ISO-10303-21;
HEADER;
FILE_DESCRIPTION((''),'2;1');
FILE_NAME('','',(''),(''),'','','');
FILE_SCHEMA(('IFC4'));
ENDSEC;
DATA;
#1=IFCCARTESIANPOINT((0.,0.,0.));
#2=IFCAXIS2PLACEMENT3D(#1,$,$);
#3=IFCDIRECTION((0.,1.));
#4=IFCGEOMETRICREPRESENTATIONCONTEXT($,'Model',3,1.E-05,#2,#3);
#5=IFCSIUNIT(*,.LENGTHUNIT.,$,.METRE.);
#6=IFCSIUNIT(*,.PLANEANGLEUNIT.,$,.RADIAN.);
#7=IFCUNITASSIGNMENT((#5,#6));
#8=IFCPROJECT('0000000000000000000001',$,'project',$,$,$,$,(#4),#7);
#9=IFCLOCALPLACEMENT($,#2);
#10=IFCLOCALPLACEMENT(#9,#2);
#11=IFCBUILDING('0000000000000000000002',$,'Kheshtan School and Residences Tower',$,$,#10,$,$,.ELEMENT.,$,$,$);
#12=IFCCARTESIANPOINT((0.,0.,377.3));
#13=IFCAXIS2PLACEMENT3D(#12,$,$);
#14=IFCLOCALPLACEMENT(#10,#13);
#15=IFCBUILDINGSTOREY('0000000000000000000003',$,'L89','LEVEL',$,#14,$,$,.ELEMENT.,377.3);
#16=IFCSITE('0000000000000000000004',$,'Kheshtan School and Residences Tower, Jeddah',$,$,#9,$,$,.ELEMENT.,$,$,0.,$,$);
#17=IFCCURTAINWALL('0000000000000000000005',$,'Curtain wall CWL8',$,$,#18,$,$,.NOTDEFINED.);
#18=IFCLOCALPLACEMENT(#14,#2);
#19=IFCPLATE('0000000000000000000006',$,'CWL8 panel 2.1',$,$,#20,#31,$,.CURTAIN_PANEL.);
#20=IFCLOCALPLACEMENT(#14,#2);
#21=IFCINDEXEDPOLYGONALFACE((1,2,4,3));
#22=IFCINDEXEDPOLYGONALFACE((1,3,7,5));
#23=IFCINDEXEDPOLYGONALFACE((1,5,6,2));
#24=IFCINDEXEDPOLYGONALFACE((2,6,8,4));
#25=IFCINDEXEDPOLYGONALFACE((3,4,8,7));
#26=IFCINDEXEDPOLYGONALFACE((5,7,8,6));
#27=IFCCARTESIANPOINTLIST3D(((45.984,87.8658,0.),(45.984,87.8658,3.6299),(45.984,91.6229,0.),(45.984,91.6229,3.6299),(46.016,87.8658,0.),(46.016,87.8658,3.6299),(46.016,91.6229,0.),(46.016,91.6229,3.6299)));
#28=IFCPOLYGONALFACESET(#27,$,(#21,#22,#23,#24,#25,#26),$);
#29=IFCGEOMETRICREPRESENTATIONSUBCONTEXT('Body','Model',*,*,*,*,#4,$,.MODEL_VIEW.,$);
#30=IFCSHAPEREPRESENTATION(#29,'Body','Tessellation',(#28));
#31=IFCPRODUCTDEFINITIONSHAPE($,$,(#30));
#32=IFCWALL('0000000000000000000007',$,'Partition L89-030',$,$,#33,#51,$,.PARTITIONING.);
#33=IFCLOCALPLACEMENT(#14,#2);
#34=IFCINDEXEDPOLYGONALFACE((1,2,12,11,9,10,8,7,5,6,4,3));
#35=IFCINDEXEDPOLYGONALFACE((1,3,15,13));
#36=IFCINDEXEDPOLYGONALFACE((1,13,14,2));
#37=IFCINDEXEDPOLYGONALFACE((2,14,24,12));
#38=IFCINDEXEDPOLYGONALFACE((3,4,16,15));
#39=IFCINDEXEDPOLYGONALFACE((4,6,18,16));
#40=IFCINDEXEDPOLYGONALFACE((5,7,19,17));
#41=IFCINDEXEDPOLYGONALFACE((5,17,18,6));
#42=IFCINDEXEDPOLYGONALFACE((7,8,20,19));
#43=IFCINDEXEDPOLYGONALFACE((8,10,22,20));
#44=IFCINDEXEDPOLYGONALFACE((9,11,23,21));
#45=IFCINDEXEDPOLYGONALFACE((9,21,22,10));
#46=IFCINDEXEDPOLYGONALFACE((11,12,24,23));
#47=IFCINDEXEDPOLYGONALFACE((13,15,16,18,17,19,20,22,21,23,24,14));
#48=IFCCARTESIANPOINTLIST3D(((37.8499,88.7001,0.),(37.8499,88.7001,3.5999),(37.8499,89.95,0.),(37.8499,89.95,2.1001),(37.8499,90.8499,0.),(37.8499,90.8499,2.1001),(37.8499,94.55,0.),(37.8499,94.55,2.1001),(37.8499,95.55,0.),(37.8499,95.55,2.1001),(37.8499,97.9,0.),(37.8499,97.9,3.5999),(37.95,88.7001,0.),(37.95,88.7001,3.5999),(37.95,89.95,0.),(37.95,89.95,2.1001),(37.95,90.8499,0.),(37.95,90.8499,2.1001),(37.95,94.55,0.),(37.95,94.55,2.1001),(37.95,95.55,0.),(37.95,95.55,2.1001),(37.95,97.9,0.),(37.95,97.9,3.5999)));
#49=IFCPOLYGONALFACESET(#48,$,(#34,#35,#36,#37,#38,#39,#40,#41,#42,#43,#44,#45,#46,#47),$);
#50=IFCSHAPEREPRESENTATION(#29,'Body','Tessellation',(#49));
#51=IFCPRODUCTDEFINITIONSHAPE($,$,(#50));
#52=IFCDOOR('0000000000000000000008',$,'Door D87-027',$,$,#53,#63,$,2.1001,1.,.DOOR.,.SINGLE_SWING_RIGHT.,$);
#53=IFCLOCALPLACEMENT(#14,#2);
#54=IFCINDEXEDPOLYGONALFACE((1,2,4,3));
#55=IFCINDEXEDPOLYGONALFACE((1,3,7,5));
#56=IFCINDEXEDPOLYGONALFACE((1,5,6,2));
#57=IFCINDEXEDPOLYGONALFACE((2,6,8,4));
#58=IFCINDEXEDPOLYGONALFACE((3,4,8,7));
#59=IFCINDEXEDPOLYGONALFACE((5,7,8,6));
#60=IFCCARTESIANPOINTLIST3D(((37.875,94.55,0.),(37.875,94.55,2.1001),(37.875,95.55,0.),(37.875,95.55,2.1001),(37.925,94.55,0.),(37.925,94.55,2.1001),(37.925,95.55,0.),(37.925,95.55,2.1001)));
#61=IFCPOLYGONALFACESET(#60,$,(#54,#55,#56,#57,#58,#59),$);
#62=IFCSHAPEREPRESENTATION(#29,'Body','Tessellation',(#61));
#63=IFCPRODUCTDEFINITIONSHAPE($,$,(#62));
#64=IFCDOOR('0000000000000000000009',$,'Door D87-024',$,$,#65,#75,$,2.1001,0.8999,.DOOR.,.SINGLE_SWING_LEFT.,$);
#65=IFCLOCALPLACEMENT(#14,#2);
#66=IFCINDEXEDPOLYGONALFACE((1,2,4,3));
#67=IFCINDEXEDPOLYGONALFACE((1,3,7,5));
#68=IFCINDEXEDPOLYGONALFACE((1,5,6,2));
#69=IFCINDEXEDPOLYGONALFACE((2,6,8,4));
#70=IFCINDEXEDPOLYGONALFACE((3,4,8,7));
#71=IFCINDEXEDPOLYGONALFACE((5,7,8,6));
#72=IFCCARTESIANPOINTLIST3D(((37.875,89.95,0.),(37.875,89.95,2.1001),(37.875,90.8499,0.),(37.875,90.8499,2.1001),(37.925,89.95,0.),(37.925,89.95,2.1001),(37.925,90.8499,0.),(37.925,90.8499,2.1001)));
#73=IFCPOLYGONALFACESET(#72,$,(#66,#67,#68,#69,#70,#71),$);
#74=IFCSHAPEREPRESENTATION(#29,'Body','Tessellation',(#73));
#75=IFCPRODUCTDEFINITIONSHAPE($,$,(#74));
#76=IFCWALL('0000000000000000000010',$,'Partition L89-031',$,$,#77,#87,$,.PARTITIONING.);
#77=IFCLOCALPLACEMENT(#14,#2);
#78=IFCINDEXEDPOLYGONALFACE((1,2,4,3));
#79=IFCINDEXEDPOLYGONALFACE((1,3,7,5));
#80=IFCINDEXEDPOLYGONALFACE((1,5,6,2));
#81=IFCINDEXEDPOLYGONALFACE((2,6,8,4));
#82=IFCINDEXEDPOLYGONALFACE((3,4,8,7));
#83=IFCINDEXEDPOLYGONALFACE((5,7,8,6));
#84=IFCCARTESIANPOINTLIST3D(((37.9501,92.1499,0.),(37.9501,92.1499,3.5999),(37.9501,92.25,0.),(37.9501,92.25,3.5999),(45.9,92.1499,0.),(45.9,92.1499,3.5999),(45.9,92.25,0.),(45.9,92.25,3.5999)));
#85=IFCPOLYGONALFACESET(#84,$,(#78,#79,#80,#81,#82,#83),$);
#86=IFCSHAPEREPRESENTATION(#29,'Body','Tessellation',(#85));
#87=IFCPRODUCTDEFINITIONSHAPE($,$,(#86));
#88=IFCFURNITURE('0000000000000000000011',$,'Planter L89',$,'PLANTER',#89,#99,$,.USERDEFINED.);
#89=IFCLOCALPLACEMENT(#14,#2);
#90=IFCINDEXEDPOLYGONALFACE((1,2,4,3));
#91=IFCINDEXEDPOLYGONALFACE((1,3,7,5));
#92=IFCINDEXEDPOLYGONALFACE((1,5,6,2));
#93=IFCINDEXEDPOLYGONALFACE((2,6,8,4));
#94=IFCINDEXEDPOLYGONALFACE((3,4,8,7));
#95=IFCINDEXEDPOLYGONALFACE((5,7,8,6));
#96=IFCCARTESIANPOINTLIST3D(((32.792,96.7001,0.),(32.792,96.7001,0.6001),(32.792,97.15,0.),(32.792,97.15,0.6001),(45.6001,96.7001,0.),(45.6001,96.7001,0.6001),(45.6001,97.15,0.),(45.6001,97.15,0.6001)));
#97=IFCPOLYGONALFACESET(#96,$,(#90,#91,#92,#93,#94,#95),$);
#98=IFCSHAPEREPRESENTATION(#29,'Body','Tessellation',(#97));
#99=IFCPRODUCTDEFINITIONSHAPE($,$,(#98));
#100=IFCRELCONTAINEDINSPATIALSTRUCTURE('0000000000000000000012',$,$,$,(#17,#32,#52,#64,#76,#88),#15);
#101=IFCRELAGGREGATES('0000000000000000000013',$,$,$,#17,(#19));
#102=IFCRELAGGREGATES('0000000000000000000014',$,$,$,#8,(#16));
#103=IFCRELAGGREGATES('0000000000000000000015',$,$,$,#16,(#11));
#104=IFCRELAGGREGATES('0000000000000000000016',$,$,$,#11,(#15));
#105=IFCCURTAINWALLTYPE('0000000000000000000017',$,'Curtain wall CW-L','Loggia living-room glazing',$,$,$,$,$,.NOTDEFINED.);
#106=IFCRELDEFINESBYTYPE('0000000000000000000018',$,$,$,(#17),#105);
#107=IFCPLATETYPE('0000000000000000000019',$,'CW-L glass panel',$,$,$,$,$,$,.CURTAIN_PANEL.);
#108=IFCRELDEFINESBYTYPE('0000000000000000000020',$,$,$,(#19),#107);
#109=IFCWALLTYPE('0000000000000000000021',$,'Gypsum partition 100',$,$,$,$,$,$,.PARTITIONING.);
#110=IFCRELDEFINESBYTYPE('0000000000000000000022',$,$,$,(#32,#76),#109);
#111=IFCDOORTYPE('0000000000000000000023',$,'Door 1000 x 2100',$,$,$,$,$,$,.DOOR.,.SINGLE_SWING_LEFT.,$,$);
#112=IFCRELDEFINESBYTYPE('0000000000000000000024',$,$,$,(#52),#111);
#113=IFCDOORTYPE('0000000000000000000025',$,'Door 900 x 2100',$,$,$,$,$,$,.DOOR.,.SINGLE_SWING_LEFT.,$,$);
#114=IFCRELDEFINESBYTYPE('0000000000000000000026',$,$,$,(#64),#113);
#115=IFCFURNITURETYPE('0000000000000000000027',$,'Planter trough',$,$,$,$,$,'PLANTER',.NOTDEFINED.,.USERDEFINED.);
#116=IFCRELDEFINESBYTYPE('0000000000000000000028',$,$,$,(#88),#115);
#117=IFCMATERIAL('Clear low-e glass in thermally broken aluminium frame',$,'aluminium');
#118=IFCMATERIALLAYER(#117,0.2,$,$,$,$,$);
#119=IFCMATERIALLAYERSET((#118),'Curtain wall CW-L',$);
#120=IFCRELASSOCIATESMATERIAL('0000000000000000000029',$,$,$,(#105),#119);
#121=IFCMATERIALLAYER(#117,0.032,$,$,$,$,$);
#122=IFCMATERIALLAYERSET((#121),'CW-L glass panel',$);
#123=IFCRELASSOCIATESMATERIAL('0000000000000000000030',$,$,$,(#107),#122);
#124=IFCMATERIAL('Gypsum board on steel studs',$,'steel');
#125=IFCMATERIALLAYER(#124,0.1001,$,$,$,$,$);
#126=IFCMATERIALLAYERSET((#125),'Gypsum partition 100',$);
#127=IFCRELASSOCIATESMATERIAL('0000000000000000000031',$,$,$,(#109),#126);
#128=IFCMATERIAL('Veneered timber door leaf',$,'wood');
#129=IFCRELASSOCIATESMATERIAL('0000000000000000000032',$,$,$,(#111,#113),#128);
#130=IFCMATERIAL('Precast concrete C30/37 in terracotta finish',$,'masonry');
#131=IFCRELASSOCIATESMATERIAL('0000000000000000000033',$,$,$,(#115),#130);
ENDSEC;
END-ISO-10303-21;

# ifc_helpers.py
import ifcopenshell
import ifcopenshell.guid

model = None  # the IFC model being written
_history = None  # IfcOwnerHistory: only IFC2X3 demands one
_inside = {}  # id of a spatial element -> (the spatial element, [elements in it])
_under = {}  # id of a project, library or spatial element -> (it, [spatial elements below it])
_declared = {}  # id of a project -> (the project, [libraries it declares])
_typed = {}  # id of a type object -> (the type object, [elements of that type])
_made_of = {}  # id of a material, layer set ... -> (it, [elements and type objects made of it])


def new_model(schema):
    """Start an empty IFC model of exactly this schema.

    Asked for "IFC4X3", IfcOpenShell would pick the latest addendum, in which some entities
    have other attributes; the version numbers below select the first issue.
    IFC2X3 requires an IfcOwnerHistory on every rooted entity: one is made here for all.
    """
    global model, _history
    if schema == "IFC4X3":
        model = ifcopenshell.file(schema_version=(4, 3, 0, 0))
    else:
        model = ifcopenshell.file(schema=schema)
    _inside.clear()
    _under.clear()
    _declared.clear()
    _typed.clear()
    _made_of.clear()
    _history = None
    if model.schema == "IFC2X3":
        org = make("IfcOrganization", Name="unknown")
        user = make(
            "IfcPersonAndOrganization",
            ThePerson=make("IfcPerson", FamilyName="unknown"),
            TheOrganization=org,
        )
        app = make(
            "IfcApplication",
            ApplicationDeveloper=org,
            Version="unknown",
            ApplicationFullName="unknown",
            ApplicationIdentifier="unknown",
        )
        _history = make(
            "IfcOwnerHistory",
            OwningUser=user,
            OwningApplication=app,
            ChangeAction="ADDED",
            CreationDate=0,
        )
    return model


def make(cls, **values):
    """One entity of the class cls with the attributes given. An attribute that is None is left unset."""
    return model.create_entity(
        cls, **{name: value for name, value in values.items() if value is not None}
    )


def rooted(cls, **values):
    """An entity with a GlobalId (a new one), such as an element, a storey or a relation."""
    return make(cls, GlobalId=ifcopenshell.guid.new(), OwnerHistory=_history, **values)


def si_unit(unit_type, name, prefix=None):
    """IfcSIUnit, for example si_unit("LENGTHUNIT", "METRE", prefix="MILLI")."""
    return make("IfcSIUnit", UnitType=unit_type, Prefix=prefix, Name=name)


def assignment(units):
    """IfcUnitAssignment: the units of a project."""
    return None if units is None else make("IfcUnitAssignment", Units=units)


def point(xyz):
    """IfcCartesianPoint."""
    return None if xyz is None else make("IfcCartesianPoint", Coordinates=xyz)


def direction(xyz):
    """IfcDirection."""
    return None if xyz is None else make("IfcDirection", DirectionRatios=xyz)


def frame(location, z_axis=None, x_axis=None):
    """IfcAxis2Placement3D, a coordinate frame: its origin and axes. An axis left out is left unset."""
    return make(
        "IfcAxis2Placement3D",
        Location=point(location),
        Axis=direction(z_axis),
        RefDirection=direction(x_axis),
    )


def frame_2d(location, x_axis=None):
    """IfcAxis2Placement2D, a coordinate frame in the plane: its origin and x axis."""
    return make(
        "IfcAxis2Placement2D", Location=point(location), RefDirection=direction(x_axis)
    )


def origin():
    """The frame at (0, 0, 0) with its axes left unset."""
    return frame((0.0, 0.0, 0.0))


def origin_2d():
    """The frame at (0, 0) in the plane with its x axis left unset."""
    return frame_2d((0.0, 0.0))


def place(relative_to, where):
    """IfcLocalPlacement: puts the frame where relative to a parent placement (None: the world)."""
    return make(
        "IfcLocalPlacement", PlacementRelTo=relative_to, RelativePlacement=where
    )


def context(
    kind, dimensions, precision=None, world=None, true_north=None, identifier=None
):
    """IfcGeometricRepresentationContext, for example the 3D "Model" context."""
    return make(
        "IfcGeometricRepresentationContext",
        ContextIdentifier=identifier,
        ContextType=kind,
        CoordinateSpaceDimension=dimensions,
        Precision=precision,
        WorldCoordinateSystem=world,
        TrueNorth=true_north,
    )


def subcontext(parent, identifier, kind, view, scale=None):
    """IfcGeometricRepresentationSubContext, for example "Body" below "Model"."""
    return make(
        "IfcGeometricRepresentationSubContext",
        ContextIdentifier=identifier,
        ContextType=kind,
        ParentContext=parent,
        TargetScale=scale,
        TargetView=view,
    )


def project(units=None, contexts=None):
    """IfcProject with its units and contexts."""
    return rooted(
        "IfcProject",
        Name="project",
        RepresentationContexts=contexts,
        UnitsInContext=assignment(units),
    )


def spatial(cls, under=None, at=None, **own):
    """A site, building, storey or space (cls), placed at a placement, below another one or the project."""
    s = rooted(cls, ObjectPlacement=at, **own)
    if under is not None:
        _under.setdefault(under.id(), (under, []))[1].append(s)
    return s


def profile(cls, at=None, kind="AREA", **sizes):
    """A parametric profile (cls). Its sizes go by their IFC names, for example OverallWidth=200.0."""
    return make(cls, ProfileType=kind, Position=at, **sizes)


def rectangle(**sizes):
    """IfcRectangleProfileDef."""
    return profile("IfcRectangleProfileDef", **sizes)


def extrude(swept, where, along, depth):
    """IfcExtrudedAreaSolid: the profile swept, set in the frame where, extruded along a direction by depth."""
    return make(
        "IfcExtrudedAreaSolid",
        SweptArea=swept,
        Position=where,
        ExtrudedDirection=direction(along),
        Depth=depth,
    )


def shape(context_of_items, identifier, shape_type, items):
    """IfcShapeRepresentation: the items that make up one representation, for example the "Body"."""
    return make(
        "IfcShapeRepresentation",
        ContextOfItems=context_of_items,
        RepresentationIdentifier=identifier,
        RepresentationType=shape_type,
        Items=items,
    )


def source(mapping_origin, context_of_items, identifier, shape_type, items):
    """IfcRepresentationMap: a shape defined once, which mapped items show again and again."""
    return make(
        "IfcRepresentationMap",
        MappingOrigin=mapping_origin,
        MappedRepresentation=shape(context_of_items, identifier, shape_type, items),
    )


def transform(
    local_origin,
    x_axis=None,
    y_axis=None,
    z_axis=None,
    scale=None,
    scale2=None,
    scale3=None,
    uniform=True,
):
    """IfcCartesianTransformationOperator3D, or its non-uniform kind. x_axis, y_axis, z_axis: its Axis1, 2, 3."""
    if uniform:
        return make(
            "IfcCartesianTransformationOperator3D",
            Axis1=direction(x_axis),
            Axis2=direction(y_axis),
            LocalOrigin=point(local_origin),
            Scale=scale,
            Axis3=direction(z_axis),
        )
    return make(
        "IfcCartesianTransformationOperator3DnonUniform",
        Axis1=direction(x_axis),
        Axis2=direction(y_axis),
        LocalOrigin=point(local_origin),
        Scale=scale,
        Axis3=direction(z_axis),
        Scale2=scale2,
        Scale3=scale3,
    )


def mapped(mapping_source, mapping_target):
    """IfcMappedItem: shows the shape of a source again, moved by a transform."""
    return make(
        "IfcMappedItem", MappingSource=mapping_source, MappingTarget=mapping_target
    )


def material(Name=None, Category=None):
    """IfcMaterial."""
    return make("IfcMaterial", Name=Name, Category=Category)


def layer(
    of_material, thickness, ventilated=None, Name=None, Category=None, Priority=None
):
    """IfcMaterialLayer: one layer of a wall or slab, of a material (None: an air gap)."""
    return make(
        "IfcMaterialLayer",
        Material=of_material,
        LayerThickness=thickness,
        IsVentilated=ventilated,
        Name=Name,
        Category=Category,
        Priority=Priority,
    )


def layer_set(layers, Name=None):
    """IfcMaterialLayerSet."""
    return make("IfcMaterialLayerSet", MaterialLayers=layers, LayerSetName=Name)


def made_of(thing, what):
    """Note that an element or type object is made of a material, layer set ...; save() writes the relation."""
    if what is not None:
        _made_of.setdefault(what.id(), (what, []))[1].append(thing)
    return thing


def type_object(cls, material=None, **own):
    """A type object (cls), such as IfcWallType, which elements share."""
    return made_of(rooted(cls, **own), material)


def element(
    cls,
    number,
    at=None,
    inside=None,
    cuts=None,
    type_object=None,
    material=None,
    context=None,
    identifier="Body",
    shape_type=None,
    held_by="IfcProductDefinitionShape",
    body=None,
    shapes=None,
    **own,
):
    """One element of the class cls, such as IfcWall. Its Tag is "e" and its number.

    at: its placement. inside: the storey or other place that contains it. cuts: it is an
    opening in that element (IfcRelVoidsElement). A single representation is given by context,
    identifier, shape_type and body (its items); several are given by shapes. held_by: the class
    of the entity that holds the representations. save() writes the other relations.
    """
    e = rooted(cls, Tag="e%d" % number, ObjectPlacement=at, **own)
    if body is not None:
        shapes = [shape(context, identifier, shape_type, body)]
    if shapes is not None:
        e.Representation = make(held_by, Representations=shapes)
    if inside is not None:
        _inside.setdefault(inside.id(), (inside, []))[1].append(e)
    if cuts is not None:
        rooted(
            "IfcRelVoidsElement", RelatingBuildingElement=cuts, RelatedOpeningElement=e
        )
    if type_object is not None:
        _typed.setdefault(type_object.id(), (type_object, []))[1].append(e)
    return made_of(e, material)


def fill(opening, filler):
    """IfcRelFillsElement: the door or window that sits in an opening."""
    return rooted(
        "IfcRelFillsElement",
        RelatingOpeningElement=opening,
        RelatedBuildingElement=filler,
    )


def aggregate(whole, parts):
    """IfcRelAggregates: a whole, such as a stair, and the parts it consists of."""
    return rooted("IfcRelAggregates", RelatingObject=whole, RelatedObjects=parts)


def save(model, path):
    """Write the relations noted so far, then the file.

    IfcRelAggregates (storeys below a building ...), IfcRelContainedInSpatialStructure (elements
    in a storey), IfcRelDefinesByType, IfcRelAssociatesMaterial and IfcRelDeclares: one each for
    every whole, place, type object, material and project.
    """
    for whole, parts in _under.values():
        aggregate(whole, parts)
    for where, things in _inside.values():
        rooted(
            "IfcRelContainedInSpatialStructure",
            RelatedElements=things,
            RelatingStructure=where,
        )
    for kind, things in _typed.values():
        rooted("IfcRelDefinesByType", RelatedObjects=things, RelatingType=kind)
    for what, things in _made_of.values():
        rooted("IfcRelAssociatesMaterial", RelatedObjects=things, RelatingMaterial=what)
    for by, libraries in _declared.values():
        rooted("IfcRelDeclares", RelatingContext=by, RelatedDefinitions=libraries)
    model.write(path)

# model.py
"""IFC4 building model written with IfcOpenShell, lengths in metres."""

from ifc_helpers import new_model, si_unit, direction, frame, frame_2d, origin, origin_2d, place, context, subcontext, project, spatial, rectangle, extrude, source, transform, mapped, material, layer, layer_set, type_object, element, fill, aggregate, save


model = new_model("IFC4")

# Units and contexts
model_context = context("Model", 3, precision=1e-05, world=origin(), true_north=direction((0.0, 1.0)))
body_context = subcontext(model_context, "Body", "Model", "MODEL_VIEW")
ifc_project = project(units=[si_unit("LENGTHUNIT", "METRE"), si_unit("PLANEANGLEUNIT", "RADIAN")], contexts=[model_context])

# Site, building, storey
site_placement = place(None, origin())
site = spatial("IfcSite", under=ifc_project, at=site_placement, Name="Kheshtan School and Residences Tower, Jeddah", CompositionType="ELEMENT", RefElevation=0.0)
building_placement = place(site_placement, origin())
building = spatial("IfcBuilding", under=site, at=building_placement, Name="Kheshtan School and Residences Tower", CompositionType="ELEMENT")
storey_placement = place(building_placement, frame((0.0, 0.0, 377.3)))
storey = spatial("IfcBuildingStorey", under=building, at=storey_placement, Name="L89", Description="LEVEL", CompositionType="ELEMENT", Elevation=377.3)

# Curtain wall
ifc_material_1 = material(Name="Clear low-e glass in thermally broken aluminium frame", Category="aluminium")
ifc_layer_1 = layer(ifc_material_1, 0.2)
ifc_layer_set_1 = layer_set([ifc_layer_1], Name="Curtain wall CW-L")
curtain_wall_type = type_object("IfcCurtainWallType", Name="Curtain wall CW-L", Description="Loggia living-room glazing", PredefinedType="NOTDEFINED", material=ifc_layer_set_1)
curtain_wall_1_placement = place(storey_placement, origin())
curtain_wall_1 = element("IfcCurtainWall", 1, at=curtain_wall_1_placement, inside=storey, type_object=curtain_wall_type, Name="Curtain wall CWL8", PredefinedType="NOTDEFINED")

# Plate
ifc_layer_2 = layer(ifc_material_1, 0.032)
ifc_layer_set_2 = layer_set([ifc_layer_2], Name="CW-L glass panel")
plate_type = type_object("IfcPlateType", Name="CW-L glass panel", PredefinedType="CURTAIN_PANEL", material=ifc_layer_set_2)
plate_1_placement = place(storey_placement, frame((46.0, 89.7444, 0.0), z_axis=(0.0, 0.0, 1.0), x_axis=(0.0, -1.0, 0.0)))
plate_1 = element("IfcPlate", 2, at=plate_1_placement, type_object=plate_type, Name="CWL8 panel 2.1", PredefinedType="CURTAIN_PANEL", context=body_context, shape_type="SweptSolid", body=[
    extrude(rectangle(XDim=3.7571, YDim=0.032, at=origin_2d()), origin(), (0.0, 0.0, 1.0), 3.6299),
])
aggregate(curtain_wall_1, [plate_1])

# Wall, openings, doors
ifc_material_2 = material(Name="Gypsum board on steel studs", Category="steel")
ifc_layer_3 = layer(ifc_material_2, 0.1001)
ifc_layer_set_3 = layer_set([ifc_layer_3], Name="Gypsum partition 100")
wall_type_1 = type_object("IfcWallType", Name="Gypsum partition 100", PredefinedType="PARTITIONING", material=ifc_layer_set_3)
wall_1_placement = place(storey_placement, frame((37.8999, 88.7, 0.0), z_axis=(0.0, 0.0, 1.0), x_axis=(0.0, 1.0, 0.0)))
wall_1 = element("IfcWall", 3, at=wall_1_placement, inside=storey, type_object=wall_type_1, Name="Partition L89-030", PredefinedType="PARTITIONING", context=body_context, shape_type="SweptSolid", body=[
    extrude(rectangle(XDim=9.2, YDim=0.1001, at=frame_2d((4.6001, 0.0))), origin(), (0.0, 0.0, 1.0), 3.5999),
])
opening_1_placement = place(wall_1_placement, frame((1.25, 0.0, 0.0)))
opening_1 = element("IfcOpeningElement", 4, at=opening_1_placement, cuts=wall_1, PredefinedType="OPENING", context=body_context, shape_type="SweptSolid", body=[
    extrude(rectangle(XDim=0.8999, YDim=2.1001, at=frame_2d((0.45, 1.05))), frame((0.0, 0.0601, 0.0), z_axis=(0.0, -1.0, 0.0), x_axis=(1.0, 0.0, 0.0)), (0.0, 0.0, 1.0), 0.1201),
])
opening_2_placement = place(wall_1_placement, frame((5.8501, 0.0, 0.0)))
opening_2 = element("IfcOpeningElement", 5, at=opening_2_placement, cuts=wall_1, PredefinedType="OPENING", context=body_context, shape_type="SweptSolid", body=[
    extrude(rectangle(XDim=1.0, YDim=2.1001, at=frame_2d((0.5, 1.05))), frame((0.0, 0.0601, 0.0), z_axis=(0.0, -1.0, 0.0), x_axis=(1.0, 0.0, 0.0)), (0.0, 0.0, 1.0), 0.1201),
])
ifc_material_3 = material(Name="Veneered timber door leaf", Category="wood")
door_type_1 = type_object("IfcDoorType", Name="Door 1000 x 2100", OperationType="SINGLE_SWING_LEFT", PredefinedType="DOOR", material=ifc_material_3)
shared_shape_1 = source(origin(), body_context, "Body", "SweptSolid", [
    extrude(rectangle(XDim=1.0, YDim=2.1001, at=frame_2d((0.5, 1.05))), frame((0.0, 0.0249, 0.0), z_axis=(0.0, -1.0, 0.0), x_axis=(1.0, 0.0, 0.0)), (0.0, 0.0, 1.0), 0.05),
])
door_1_placement = place(opening_2_placement, origin())
door_1 = element("IfcDoor", 6, at=door_1_placement, inside=storey, type_object=door_type_1, Name="Door D87-027", OperationType="SINGLE_SWING_RIGHT", OverallHeight=2.1001, OverallWidth=1.0, PredefinedType="DOOR", context=body_context, shape_type="MappedRepresentation", body=[
    mapped(shared_shape_1, transform((0.0, 0.0, 0.0), x_axis=(1.0, 0.0, 0.0), y_axis=(0.0, 1.0, 0.0), z_axis=(0.0, 0.0, 1.0), scale=1.0)),
])
fill(opening_2, door_1)
door_type_2 = type_object("IfcDoorType", Name="Door 900 x 2100", OperationType="SINGLE_SWING_LEFT", PredefinedType="DOOR", material=ifc_material_3)
shared_shape_2 = source(origin(), body_context, "Body", "SweptSolid", [
    extrude(rectangle(XDim=0.8999, YDim=2.1001, at=frame_2d((0.45, 1.05))), frame((0.0, 0.0249, 0.0), z_axis=(0.0, -1.0, 0.0), x_axis=(1.0, 0.0, 0.0)), (0.0, 0.0, 1.0), 0.05),
])
door_2_placement = place(opening_1_placement, origin())
door_2 = element("IfcDoor", 7, at=door_2_placement, inside=storey, type_object=door_type_2, Name="Door D87-024", OperationType="SINGLE_SWING_LEFT", OverallHeight=2.1001, OverallWidth=0.8999, PredefinedType="DOOR", context=body_context, shape_type="MappedRepresentation", body=[
    mapped(shared_shape_2, transform((0.0, 0.0, 0.0), x_axis=(1.0, 0.0, 0.0), y_axis=(0.0, 1.0, 0.0), z_axis=(0.0, 0.0, 1.0), scale=1.0)),
])
fill(opening_1, door_2)

# Wall
wall_2_placement = place(storey_placement, frame((37.95, 92.2, 0.0), z_axis=(0.0, 0.0, 1.0), x_axis=(1.0, 0.0, 0.0)))
element("IfcWall", 8, at=wall_2_placement, inside=storey, type_object=wall_type_1, Name="Partition L89-031", PredefinedType="PARTITIONING", context=body_context, shape_type="SweptSolid", body=[
    extrude(rectangle(XDim=7.95, YDim=0.1001, at=frame_2d((3.9751, 0.0))), origin(), (0.0, 0.0, 1.0), 3.5999),
])

# Furniture
ifc_material_4 = material(Name="Precast concrete C30/37 in terracotta finish", Category="masonry")
furniture_type = type_object("IfcFurnitureType", Name="Planter trough", ElementType="PLANTER", AssemblyPlace="NOTDEFINED", PredefinedType="USERDEFINED", material=ifc_material_4)
furniture_placement = place(storey_placement, frame((39.196, 96.925, 0.0), z_axis=(0.0, 0.0, 1.0), x_axis=(1.0, 0.0, 0.0)))
element("IfcFurniture", 9, at=furniture_placement, inside=storey, type_object=furniture_type, Name="Planter L89", ObjectType="PLANTER", PredefinedType="USERDEFINED", context=body_context, shape_type="SweptSolid", body=[
    extrude(rectangle(XDim=12.8081, YDim=0.45, at=origin_2d()), origin(), (0.0, 0.0, 1.0), 0.6001),
])

save(model, "model.ifc")
